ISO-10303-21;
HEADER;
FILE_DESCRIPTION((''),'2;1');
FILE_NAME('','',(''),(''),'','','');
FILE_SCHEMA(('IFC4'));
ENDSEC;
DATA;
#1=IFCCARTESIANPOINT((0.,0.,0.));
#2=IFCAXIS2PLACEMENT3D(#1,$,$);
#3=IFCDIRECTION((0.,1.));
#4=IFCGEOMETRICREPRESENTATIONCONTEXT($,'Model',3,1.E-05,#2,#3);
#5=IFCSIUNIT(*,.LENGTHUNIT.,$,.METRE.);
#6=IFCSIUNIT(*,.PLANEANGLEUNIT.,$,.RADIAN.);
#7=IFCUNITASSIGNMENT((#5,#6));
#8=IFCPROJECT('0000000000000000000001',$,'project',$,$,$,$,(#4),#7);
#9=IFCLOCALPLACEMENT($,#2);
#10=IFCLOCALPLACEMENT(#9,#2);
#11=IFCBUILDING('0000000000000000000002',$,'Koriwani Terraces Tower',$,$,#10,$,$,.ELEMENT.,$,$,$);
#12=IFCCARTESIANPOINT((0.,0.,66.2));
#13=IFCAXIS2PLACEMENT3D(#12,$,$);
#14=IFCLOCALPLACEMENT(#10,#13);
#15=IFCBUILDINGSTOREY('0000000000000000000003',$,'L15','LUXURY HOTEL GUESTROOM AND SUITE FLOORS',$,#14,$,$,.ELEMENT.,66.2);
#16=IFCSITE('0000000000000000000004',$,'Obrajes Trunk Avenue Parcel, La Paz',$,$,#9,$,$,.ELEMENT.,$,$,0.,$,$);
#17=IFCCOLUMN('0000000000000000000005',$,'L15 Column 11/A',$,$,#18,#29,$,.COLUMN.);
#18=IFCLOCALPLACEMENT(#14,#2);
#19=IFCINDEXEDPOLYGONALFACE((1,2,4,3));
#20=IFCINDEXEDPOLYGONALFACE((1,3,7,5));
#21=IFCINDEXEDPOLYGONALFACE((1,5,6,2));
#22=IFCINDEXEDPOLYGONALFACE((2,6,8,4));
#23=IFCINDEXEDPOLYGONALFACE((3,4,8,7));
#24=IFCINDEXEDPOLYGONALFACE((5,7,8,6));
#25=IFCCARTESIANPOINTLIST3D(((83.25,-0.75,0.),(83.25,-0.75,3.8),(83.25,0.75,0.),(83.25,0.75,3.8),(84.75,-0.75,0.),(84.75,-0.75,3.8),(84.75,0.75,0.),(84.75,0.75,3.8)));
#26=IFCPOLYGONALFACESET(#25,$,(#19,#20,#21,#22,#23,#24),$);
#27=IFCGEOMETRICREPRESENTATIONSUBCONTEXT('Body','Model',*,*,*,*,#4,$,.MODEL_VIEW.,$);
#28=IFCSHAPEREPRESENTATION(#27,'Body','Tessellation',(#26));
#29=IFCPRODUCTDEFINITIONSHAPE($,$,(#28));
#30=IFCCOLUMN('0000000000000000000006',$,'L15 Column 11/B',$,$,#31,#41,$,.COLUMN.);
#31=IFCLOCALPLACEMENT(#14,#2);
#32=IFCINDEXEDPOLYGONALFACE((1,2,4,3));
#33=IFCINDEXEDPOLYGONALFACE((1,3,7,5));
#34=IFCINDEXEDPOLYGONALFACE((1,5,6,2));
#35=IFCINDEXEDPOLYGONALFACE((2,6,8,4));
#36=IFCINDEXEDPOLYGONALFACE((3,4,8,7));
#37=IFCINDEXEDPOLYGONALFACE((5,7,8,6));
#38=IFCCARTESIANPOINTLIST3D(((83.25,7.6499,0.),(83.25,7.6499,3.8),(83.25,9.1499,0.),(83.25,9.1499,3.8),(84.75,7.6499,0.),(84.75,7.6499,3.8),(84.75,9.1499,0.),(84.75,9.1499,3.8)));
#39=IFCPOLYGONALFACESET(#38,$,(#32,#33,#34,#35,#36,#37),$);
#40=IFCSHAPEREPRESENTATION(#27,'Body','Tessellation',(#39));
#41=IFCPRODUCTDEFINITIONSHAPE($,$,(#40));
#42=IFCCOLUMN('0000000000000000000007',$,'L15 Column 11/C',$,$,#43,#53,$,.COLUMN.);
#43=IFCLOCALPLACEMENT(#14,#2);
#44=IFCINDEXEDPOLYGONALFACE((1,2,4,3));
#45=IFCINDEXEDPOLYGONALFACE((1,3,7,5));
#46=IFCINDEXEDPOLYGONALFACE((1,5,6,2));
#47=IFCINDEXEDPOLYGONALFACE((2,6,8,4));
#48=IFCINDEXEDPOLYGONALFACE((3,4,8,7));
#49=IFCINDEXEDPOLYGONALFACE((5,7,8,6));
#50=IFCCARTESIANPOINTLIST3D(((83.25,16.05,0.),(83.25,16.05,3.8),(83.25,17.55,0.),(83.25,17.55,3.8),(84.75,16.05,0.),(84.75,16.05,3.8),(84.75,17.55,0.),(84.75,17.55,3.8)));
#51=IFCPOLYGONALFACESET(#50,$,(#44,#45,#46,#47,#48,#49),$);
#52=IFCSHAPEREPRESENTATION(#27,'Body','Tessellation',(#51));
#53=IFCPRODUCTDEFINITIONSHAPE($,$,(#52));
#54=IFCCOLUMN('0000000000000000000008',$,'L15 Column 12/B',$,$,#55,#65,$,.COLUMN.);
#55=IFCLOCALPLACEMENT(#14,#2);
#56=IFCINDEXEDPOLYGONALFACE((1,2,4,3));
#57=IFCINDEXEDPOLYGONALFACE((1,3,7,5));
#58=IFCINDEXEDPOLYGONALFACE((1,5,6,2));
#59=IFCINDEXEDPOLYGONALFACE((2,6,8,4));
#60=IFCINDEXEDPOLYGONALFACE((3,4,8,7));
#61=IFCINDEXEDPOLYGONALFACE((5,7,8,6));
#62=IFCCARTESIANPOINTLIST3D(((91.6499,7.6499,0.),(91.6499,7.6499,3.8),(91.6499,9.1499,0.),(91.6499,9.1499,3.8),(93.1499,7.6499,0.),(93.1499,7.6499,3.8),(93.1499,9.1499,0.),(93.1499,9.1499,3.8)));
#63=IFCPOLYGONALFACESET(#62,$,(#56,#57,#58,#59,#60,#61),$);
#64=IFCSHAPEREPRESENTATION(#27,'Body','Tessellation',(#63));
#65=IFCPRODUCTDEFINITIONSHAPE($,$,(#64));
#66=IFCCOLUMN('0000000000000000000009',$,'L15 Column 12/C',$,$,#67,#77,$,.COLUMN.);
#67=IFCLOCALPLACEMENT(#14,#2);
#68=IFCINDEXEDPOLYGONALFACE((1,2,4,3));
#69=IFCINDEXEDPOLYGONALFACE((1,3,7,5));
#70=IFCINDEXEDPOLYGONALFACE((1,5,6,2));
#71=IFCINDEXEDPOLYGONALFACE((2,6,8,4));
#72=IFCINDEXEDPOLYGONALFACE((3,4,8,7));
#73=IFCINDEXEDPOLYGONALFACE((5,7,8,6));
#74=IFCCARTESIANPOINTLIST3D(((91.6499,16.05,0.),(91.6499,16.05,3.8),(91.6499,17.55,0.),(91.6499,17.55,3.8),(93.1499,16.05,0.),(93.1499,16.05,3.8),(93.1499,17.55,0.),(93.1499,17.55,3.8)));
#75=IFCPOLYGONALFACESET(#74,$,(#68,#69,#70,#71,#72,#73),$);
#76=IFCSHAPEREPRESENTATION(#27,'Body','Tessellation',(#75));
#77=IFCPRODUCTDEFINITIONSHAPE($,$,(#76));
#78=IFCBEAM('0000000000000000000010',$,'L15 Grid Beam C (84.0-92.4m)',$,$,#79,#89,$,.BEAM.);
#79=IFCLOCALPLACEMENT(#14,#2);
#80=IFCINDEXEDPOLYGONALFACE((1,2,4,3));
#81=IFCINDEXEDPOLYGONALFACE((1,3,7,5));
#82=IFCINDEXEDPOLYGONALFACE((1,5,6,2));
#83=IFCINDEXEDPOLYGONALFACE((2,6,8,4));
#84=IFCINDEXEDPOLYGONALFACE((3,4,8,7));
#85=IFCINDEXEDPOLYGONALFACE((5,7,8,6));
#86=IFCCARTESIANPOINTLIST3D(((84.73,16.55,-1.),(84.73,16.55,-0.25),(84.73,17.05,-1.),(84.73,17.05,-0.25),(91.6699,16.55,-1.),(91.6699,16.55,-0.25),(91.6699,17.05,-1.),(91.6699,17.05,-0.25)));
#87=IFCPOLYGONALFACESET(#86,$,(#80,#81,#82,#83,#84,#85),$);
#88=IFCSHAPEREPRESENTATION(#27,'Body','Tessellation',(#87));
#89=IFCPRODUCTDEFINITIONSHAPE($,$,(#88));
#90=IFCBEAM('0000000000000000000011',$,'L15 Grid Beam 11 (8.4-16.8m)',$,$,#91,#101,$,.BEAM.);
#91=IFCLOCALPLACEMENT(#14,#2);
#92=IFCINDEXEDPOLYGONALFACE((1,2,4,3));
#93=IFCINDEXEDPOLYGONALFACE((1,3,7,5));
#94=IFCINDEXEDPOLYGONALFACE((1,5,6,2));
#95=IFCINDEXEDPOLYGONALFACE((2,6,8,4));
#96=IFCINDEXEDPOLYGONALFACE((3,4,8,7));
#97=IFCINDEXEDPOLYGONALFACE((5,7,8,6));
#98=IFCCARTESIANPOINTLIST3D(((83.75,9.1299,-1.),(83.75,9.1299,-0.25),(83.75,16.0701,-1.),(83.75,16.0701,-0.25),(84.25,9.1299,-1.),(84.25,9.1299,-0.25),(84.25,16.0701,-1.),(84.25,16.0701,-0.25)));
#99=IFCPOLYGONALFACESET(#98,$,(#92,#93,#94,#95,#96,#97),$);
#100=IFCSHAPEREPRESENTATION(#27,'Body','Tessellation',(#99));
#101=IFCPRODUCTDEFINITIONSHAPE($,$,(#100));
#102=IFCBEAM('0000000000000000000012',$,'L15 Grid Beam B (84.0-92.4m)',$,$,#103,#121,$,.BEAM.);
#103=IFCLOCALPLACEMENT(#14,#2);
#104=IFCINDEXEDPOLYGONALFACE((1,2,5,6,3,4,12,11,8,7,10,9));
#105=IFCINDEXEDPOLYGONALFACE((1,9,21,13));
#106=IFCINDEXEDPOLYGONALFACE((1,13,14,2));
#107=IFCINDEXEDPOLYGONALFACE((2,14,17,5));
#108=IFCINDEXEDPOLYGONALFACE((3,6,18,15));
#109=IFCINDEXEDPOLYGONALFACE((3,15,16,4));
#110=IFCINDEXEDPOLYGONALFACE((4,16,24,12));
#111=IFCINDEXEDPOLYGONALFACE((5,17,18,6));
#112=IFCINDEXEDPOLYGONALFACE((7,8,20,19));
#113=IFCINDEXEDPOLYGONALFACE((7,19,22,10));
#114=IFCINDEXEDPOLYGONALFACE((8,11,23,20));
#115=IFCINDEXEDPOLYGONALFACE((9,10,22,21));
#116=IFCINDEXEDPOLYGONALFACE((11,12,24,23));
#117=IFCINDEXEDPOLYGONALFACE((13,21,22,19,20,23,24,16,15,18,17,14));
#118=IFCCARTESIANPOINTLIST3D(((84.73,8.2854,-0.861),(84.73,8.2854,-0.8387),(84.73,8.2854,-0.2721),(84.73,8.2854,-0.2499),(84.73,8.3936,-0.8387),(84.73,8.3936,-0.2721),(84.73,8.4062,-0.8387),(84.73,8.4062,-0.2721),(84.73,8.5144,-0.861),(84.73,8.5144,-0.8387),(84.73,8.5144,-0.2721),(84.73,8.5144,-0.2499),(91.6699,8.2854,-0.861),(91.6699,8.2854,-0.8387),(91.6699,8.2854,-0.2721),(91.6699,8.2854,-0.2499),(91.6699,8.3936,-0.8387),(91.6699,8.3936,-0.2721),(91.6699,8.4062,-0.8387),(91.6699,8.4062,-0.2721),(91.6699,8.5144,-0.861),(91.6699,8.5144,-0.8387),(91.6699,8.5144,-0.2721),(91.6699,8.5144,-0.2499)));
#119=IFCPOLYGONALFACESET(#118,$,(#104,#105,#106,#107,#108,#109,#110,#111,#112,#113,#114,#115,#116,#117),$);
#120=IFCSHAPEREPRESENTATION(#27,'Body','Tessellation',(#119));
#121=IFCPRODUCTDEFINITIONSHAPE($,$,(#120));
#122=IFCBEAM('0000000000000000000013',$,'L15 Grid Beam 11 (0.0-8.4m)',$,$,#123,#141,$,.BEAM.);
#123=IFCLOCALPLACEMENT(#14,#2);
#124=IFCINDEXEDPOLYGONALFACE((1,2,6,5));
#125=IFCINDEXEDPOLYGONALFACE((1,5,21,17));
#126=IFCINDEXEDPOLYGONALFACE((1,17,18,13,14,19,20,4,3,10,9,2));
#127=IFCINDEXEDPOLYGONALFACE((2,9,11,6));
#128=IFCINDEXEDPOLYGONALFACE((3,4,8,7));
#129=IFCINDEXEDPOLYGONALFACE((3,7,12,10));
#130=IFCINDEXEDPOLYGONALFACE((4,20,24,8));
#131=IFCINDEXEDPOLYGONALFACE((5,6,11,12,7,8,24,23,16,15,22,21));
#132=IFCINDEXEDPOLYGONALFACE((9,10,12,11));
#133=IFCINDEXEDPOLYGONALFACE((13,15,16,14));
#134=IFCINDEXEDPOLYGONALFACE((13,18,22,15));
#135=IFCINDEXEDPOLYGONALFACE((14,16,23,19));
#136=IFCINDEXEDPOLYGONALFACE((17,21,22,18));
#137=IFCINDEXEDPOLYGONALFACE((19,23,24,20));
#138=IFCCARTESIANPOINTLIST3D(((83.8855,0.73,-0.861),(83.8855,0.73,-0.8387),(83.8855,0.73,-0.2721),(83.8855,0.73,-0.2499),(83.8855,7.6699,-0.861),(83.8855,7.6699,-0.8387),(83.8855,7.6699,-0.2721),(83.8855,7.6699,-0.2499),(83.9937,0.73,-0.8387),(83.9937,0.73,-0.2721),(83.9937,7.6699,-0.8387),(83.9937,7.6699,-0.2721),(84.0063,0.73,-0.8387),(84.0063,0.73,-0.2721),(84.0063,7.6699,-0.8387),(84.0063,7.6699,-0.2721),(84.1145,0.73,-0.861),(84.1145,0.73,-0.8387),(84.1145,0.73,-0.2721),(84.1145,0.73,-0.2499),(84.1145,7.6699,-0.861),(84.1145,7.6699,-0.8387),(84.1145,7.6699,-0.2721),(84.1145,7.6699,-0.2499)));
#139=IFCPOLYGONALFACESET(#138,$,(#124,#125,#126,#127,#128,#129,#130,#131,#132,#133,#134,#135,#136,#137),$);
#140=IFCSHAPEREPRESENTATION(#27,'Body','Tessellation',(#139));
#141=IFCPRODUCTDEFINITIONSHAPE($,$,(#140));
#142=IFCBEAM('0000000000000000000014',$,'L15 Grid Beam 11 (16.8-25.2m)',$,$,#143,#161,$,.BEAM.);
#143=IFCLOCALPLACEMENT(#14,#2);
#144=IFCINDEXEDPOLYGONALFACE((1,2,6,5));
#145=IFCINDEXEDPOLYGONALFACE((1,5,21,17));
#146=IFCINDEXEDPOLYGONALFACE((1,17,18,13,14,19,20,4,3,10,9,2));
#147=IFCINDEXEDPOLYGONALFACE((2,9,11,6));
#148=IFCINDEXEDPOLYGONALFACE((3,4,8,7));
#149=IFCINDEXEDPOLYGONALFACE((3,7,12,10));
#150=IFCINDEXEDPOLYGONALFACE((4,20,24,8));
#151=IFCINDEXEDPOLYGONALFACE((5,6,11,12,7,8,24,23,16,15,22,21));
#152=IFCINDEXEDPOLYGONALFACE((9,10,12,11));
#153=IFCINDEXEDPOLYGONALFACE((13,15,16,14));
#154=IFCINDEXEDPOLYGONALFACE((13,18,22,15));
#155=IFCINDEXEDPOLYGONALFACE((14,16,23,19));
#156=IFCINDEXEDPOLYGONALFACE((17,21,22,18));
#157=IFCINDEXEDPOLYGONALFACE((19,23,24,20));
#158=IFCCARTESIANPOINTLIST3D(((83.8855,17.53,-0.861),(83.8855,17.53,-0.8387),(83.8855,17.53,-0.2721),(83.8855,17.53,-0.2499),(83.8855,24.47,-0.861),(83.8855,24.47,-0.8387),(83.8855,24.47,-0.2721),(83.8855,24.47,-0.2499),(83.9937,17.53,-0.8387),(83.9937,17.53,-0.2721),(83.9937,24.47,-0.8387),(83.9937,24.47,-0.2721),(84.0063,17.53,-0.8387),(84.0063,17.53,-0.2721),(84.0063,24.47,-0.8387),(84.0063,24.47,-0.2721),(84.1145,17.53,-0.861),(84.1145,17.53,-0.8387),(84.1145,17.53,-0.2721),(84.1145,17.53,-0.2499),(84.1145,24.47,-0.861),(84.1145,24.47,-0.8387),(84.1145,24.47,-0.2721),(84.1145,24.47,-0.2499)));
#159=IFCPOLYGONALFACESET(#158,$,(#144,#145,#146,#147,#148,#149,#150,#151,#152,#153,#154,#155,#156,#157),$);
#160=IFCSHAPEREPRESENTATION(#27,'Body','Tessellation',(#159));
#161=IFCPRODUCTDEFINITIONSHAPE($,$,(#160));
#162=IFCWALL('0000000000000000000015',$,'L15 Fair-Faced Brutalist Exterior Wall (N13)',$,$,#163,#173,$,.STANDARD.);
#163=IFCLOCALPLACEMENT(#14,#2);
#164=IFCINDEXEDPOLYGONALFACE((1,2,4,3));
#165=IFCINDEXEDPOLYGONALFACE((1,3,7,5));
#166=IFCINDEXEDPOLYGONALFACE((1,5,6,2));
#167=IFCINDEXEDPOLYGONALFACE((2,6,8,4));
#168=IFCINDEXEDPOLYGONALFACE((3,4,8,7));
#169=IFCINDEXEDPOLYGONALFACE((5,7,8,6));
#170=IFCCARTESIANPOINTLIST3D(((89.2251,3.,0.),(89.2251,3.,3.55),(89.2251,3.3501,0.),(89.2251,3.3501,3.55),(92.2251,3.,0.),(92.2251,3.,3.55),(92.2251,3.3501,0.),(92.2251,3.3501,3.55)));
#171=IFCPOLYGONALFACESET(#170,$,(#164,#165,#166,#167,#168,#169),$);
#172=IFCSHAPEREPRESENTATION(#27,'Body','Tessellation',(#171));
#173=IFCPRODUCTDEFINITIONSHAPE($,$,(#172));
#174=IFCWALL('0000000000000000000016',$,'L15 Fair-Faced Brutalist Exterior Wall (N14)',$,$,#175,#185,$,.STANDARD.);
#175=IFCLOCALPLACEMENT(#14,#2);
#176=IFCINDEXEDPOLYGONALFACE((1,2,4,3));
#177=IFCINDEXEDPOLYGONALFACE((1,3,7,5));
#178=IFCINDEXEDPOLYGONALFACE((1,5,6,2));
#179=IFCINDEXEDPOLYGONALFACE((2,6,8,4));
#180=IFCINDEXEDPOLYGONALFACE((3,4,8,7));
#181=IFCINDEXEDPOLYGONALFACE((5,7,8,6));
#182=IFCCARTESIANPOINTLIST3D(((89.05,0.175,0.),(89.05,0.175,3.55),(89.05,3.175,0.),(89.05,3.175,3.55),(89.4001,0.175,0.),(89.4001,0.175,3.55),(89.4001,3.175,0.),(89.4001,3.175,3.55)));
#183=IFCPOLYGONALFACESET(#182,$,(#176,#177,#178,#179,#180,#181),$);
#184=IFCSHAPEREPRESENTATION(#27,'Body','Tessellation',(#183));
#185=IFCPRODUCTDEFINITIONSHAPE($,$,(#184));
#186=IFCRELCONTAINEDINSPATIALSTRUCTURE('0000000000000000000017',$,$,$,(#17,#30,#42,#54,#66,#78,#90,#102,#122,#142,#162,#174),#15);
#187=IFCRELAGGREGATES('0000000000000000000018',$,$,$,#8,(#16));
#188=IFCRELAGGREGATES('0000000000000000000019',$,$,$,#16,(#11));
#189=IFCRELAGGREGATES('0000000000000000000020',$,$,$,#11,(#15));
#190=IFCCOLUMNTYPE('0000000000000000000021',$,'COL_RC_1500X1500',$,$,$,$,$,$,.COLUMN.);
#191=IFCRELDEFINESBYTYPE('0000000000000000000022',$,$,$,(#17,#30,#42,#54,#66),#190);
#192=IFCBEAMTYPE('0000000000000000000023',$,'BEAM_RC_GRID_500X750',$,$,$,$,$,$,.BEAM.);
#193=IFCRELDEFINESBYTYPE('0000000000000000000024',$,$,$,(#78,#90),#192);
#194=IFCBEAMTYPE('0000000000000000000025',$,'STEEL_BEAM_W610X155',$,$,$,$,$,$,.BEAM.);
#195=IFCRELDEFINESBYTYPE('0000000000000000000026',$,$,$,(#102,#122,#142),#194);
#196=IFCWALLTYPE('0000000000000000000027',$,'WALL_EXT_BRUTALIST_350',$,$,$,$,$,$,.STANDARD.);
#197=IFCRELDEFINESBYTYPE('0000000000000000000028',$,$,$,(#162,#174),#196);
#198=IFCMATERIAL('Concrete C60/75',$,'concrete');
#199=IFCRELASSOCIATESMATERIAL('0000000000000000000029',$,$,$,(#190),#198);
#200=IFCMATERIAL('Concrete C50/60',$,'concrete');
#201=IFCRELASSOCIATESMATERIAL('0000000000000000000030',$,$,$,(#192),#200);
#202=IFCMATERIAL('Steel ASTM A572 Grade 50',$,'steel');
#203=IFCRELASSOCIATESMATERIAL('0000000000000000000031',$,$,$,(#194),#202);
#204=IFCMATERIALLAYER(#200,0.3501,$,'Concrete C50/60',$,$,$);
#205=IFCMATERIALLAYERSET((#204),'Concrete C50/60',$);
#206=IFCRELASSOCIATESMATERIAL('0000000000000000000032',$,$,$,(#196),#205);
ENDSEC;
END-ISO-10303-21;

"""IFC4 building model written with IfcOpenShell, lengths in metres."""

from ifc_helpers import new_model, si_unit, direction, frame, frame_2d, origin, origin_2d, place, context, subcontext, project, spatial, rectangle, i_section, extrude, material, layer, layer_set, material_profile, profile_set, type_object, element, save


model = new_model("IFC4")

# Units and contexts
model_context = context("Model", 3, precision=1e-05, world=origin(), true_north=direction((0.0, 1.0)))
body_context = subcontext(model_context, "Body", "Model", "MODEL_VIEW")
ifc_project = project(units=[si_unit("LENGTHUNIT", "METRE"), si_unit("PLANEANGLEUNIT", "RADIAN")], contexts=[model_context])

# Site, building, storey
site_placement = place(None, origin())
site = spatial("IfcSite", under=ifc_project, at=site_placement, Name="Obrajes Trunk Avenue Parcel, La Paz", CompositionType="ELEMENT", RefElevation=0.0)
building_placement = place(site_placement, origin())
building = spatial("IfcBuilding", under=site, at=building_placement, Name="Koriwani Terraces Tower", CompositionType="ELEMENT")
storey_placement = place(building_placement, frame((0.0, 0.0, 66.2)))
storey = spatial("IfcBuildingStorey", under=building, at=storey_placement, Name="L15", Description="LUXURY HOTEL GUESTROOM AND SUITE FLOORS", CompositionType="ELEMENT", Elevation=66.2)

# Columns
ifc_material_1 = material(Name="Concrete C60/75", Category="concrete")
ifc_material_profile_1 = material_profile(ifc_material_1, rectangle(XDim=1.5, YDim=1.5, at=origin_2d()), Name="Concrete C60/75", Category="LoadBearing")
ifc_profile_set_1 = profile_set([ifc_material_profile_1], Name="Concrete C60/75")
column_type = type_object("IfcColumnType", Name="COL_RC_1500X1500", PredefinedType="COLUMN", material=ifc_profile_set_1)
for number, where, z_axis, x_axis, name in (
    (1, (84.0, 0.0, 0.0), (0.0, 0.0, 1.0), (1.0, 0.0, 0.0), "L15 Column 11/A"),
    (2, (84.0, 8.3999, 0.0), (0.0, 0.0, 1.0), (1.0, 0.0, 0.0), "L15 Column 11/B"),
    (3, (84.0, 16.8, 0.0), (0.0, 0.0, 1.0), (1.0, 0.0, 0.0), "L15 Column 11/C"),
    (4, (92.3999, 8.3999, 0.0), (0.0, 0.0, 1.0), (1.0, 0.0, 0.0), "L15 Column 12/B"),
    (5, (92.3999, 16.8, 0.0), (0.0, 0.0, 1.0), (1.0, 0.0, 0.0), "L15 Column 12/C"),
):
    element("IfcColumn", number, at=place(storey_placement, frame(where, z_axis=z_axis, x_axis=x_axis)), inside=storey, type_object=column_type, Name=name, PredefinedType="COLUMN", context=body_context, shape_type="SweptSolid", body=[
        extrude(rectangle(XDim=1.5, YDim=1.5, at=origin_2d()), origin(), (0.0, 0.0, 1.0), 3.8),
    ])

# Beams
ifc_material_2 = material(Name="Concrete C50/60", Category="concrete")
ifc_material_profile_2 = material_profile(ifc_material_2, rectangle(XDim=0.5, YDim=0.75, at=origin_2d()), Name="Concrete C50/60", Category="LoadBearing")
ifc_profile_set_2 = profile_set([ifc_material_profile_2], Name="Concrete C50/60")
beam_type_1 = type_object("IfcBeamType", Name="BEAM_RC_GRID_500X750", PredefinedType="BEAM", material=ifc_profile_set_2)
beam_1_placement = place(storey_placement, frame((84.73, 16.8, -0.625), z_axis=(1.0, 0.0, 0.0), x_axis=(0.0, 1.0, 0.0)))
element("IfcBeam", 6, at=beam_1_placement, inside=storey, type_object=beam_type_1, Name="L15 Grid Beam C (84.0-92.4m)", PredefinedType="BEAM", context=body_context, shape_type="SweptSolid", body=[
    extrude(rectangle(XDim=0.5, YDim=0.75, at=origin_2d()), origin(), (0.0, 0.0, 1.0), 6.9399),
])
beam_2_placement = place(storey_placement, frame((84.0, 9.1299, -0.625), z_axis=(0.0, 1.0, 0.0), x_axis=(-1.0, 0.0, 0.0)))
element("IfcBeam", 7, at=beam_2_placement, inside=storey, type_object=beam_type_1, Name="L15 Grid Beam 11 (8.4-16.8m)", PredefinedType="BEAM", context=body_context, shape_type="SweptSolid", body=[
    extrude(rectangle(XDim=0.5, YDim=0.75, at=origin_2d()), origin(), (0.0, 0.0, 1.0), 6.9402),
])
ifc_material_3 = material(Name="Steel ASTM A572 Grade 50", Category="steel")
ifc_material_profile_3 = material_profile(ifc_material_3, i_section(OverallWidth=0.229, OverallDepth=0.6111, WebThickness=0.0127, FlangeThickness=0.0222, at=origin_2d()), Name="Steel ASTM A572 Grade 50", Category="LoadBearing")
ifc_profile_set_3 = profile_set([ifc_material_profile_3], Name="Steel ASTM A572 Grade 50")
beam_type_2 = type_object("IfcBeamType", Name="STEEL_BEAM_W610X155", PredefinedType="BEAM", material=ifc_profile_set_3)
for number, where, z_axis, x_axis, name in (
    (8, (84.73, 8.3999, -0.5554), (1.0, 0.0, 0.0), (0.0, 1.0, 0.0), "L15 Grid Beam B (84.0-92.4m)"),
    (9, (84.0, 0.73, -0.5554), (0.0, 1.0, 0.0), (-1.0, 0.0, 0.0), "L15 Grid Beam 11 (0.0-8.4m)"),
    (10, (84.0, 17.53, -0.5554), (0.0, 1.0, 0.0), (-1.0, 0.0, 0.0), "L15 Grid Beam 11 (16.8-25.2m)"),
):
    element("IfcBeam", number, at=place(storey_placement, frame(where, z_axis=z_axis, x_axis=x_axis)), inside=storey, type_object=beam_type_2, Name=name, PredefinedType="BEAM", context=body_context, shape_type="SweptSolid", body=[
        extrude(i_section(OverallWidth=0.229, OverallDepth=0.6111, WebThickness=0.0127, FlangeThickness=0.0222, at=origin_2d()), origin(), (0.0, 0.0, 1.0), 6.9399),
    ])

# Walls
ifc_layer_1 = layer(ifc_material_2, 0.3501, Name="Concrete C50/60")
ifc_layer_set_1 = layer_set([ifc_layer_1], Name="Concrete C50/60")
wall_type_1 = type_object("IfcWallType", Name="WALL_EXT_BRUTALIST_350", PredefinedType="STANDARD", material=ifc_layer_set_1)
for number, where, z_axis, x_axis, name in (
    (11, (92.2251, 3.175, 0.0), (0.0, 0.0, 1.0), (-1.0, 0.0, 0.0), "L15 Fair-Faced Brutalist Exterior Wall (N13)"),
    (12, (89.2251, 3.175, 0.0), (0.0, 0.0, 1.0), (0.0, -1.0, 0.0), "L15 Fair-Faced Brutalist Exterior Wall (N14)"),
):
    element("IfcWall", number, at=place(storey_placement, frame(where, z_axis=z_axis, x_axis=x_axis)), inside=storey, type_object=wall_type_1, Name=name, PredefinedType="STANDARD", context=body_context, shape_type="SweptSolid", body=[
        extrude(rectangle(XDim=3.0, YDim=0.3501, at=frame_2d((1.5, 0.0))), origin(), (0.0, 0.0, 1.0), 3.55),
    ])

save(model, "model.ifc")
